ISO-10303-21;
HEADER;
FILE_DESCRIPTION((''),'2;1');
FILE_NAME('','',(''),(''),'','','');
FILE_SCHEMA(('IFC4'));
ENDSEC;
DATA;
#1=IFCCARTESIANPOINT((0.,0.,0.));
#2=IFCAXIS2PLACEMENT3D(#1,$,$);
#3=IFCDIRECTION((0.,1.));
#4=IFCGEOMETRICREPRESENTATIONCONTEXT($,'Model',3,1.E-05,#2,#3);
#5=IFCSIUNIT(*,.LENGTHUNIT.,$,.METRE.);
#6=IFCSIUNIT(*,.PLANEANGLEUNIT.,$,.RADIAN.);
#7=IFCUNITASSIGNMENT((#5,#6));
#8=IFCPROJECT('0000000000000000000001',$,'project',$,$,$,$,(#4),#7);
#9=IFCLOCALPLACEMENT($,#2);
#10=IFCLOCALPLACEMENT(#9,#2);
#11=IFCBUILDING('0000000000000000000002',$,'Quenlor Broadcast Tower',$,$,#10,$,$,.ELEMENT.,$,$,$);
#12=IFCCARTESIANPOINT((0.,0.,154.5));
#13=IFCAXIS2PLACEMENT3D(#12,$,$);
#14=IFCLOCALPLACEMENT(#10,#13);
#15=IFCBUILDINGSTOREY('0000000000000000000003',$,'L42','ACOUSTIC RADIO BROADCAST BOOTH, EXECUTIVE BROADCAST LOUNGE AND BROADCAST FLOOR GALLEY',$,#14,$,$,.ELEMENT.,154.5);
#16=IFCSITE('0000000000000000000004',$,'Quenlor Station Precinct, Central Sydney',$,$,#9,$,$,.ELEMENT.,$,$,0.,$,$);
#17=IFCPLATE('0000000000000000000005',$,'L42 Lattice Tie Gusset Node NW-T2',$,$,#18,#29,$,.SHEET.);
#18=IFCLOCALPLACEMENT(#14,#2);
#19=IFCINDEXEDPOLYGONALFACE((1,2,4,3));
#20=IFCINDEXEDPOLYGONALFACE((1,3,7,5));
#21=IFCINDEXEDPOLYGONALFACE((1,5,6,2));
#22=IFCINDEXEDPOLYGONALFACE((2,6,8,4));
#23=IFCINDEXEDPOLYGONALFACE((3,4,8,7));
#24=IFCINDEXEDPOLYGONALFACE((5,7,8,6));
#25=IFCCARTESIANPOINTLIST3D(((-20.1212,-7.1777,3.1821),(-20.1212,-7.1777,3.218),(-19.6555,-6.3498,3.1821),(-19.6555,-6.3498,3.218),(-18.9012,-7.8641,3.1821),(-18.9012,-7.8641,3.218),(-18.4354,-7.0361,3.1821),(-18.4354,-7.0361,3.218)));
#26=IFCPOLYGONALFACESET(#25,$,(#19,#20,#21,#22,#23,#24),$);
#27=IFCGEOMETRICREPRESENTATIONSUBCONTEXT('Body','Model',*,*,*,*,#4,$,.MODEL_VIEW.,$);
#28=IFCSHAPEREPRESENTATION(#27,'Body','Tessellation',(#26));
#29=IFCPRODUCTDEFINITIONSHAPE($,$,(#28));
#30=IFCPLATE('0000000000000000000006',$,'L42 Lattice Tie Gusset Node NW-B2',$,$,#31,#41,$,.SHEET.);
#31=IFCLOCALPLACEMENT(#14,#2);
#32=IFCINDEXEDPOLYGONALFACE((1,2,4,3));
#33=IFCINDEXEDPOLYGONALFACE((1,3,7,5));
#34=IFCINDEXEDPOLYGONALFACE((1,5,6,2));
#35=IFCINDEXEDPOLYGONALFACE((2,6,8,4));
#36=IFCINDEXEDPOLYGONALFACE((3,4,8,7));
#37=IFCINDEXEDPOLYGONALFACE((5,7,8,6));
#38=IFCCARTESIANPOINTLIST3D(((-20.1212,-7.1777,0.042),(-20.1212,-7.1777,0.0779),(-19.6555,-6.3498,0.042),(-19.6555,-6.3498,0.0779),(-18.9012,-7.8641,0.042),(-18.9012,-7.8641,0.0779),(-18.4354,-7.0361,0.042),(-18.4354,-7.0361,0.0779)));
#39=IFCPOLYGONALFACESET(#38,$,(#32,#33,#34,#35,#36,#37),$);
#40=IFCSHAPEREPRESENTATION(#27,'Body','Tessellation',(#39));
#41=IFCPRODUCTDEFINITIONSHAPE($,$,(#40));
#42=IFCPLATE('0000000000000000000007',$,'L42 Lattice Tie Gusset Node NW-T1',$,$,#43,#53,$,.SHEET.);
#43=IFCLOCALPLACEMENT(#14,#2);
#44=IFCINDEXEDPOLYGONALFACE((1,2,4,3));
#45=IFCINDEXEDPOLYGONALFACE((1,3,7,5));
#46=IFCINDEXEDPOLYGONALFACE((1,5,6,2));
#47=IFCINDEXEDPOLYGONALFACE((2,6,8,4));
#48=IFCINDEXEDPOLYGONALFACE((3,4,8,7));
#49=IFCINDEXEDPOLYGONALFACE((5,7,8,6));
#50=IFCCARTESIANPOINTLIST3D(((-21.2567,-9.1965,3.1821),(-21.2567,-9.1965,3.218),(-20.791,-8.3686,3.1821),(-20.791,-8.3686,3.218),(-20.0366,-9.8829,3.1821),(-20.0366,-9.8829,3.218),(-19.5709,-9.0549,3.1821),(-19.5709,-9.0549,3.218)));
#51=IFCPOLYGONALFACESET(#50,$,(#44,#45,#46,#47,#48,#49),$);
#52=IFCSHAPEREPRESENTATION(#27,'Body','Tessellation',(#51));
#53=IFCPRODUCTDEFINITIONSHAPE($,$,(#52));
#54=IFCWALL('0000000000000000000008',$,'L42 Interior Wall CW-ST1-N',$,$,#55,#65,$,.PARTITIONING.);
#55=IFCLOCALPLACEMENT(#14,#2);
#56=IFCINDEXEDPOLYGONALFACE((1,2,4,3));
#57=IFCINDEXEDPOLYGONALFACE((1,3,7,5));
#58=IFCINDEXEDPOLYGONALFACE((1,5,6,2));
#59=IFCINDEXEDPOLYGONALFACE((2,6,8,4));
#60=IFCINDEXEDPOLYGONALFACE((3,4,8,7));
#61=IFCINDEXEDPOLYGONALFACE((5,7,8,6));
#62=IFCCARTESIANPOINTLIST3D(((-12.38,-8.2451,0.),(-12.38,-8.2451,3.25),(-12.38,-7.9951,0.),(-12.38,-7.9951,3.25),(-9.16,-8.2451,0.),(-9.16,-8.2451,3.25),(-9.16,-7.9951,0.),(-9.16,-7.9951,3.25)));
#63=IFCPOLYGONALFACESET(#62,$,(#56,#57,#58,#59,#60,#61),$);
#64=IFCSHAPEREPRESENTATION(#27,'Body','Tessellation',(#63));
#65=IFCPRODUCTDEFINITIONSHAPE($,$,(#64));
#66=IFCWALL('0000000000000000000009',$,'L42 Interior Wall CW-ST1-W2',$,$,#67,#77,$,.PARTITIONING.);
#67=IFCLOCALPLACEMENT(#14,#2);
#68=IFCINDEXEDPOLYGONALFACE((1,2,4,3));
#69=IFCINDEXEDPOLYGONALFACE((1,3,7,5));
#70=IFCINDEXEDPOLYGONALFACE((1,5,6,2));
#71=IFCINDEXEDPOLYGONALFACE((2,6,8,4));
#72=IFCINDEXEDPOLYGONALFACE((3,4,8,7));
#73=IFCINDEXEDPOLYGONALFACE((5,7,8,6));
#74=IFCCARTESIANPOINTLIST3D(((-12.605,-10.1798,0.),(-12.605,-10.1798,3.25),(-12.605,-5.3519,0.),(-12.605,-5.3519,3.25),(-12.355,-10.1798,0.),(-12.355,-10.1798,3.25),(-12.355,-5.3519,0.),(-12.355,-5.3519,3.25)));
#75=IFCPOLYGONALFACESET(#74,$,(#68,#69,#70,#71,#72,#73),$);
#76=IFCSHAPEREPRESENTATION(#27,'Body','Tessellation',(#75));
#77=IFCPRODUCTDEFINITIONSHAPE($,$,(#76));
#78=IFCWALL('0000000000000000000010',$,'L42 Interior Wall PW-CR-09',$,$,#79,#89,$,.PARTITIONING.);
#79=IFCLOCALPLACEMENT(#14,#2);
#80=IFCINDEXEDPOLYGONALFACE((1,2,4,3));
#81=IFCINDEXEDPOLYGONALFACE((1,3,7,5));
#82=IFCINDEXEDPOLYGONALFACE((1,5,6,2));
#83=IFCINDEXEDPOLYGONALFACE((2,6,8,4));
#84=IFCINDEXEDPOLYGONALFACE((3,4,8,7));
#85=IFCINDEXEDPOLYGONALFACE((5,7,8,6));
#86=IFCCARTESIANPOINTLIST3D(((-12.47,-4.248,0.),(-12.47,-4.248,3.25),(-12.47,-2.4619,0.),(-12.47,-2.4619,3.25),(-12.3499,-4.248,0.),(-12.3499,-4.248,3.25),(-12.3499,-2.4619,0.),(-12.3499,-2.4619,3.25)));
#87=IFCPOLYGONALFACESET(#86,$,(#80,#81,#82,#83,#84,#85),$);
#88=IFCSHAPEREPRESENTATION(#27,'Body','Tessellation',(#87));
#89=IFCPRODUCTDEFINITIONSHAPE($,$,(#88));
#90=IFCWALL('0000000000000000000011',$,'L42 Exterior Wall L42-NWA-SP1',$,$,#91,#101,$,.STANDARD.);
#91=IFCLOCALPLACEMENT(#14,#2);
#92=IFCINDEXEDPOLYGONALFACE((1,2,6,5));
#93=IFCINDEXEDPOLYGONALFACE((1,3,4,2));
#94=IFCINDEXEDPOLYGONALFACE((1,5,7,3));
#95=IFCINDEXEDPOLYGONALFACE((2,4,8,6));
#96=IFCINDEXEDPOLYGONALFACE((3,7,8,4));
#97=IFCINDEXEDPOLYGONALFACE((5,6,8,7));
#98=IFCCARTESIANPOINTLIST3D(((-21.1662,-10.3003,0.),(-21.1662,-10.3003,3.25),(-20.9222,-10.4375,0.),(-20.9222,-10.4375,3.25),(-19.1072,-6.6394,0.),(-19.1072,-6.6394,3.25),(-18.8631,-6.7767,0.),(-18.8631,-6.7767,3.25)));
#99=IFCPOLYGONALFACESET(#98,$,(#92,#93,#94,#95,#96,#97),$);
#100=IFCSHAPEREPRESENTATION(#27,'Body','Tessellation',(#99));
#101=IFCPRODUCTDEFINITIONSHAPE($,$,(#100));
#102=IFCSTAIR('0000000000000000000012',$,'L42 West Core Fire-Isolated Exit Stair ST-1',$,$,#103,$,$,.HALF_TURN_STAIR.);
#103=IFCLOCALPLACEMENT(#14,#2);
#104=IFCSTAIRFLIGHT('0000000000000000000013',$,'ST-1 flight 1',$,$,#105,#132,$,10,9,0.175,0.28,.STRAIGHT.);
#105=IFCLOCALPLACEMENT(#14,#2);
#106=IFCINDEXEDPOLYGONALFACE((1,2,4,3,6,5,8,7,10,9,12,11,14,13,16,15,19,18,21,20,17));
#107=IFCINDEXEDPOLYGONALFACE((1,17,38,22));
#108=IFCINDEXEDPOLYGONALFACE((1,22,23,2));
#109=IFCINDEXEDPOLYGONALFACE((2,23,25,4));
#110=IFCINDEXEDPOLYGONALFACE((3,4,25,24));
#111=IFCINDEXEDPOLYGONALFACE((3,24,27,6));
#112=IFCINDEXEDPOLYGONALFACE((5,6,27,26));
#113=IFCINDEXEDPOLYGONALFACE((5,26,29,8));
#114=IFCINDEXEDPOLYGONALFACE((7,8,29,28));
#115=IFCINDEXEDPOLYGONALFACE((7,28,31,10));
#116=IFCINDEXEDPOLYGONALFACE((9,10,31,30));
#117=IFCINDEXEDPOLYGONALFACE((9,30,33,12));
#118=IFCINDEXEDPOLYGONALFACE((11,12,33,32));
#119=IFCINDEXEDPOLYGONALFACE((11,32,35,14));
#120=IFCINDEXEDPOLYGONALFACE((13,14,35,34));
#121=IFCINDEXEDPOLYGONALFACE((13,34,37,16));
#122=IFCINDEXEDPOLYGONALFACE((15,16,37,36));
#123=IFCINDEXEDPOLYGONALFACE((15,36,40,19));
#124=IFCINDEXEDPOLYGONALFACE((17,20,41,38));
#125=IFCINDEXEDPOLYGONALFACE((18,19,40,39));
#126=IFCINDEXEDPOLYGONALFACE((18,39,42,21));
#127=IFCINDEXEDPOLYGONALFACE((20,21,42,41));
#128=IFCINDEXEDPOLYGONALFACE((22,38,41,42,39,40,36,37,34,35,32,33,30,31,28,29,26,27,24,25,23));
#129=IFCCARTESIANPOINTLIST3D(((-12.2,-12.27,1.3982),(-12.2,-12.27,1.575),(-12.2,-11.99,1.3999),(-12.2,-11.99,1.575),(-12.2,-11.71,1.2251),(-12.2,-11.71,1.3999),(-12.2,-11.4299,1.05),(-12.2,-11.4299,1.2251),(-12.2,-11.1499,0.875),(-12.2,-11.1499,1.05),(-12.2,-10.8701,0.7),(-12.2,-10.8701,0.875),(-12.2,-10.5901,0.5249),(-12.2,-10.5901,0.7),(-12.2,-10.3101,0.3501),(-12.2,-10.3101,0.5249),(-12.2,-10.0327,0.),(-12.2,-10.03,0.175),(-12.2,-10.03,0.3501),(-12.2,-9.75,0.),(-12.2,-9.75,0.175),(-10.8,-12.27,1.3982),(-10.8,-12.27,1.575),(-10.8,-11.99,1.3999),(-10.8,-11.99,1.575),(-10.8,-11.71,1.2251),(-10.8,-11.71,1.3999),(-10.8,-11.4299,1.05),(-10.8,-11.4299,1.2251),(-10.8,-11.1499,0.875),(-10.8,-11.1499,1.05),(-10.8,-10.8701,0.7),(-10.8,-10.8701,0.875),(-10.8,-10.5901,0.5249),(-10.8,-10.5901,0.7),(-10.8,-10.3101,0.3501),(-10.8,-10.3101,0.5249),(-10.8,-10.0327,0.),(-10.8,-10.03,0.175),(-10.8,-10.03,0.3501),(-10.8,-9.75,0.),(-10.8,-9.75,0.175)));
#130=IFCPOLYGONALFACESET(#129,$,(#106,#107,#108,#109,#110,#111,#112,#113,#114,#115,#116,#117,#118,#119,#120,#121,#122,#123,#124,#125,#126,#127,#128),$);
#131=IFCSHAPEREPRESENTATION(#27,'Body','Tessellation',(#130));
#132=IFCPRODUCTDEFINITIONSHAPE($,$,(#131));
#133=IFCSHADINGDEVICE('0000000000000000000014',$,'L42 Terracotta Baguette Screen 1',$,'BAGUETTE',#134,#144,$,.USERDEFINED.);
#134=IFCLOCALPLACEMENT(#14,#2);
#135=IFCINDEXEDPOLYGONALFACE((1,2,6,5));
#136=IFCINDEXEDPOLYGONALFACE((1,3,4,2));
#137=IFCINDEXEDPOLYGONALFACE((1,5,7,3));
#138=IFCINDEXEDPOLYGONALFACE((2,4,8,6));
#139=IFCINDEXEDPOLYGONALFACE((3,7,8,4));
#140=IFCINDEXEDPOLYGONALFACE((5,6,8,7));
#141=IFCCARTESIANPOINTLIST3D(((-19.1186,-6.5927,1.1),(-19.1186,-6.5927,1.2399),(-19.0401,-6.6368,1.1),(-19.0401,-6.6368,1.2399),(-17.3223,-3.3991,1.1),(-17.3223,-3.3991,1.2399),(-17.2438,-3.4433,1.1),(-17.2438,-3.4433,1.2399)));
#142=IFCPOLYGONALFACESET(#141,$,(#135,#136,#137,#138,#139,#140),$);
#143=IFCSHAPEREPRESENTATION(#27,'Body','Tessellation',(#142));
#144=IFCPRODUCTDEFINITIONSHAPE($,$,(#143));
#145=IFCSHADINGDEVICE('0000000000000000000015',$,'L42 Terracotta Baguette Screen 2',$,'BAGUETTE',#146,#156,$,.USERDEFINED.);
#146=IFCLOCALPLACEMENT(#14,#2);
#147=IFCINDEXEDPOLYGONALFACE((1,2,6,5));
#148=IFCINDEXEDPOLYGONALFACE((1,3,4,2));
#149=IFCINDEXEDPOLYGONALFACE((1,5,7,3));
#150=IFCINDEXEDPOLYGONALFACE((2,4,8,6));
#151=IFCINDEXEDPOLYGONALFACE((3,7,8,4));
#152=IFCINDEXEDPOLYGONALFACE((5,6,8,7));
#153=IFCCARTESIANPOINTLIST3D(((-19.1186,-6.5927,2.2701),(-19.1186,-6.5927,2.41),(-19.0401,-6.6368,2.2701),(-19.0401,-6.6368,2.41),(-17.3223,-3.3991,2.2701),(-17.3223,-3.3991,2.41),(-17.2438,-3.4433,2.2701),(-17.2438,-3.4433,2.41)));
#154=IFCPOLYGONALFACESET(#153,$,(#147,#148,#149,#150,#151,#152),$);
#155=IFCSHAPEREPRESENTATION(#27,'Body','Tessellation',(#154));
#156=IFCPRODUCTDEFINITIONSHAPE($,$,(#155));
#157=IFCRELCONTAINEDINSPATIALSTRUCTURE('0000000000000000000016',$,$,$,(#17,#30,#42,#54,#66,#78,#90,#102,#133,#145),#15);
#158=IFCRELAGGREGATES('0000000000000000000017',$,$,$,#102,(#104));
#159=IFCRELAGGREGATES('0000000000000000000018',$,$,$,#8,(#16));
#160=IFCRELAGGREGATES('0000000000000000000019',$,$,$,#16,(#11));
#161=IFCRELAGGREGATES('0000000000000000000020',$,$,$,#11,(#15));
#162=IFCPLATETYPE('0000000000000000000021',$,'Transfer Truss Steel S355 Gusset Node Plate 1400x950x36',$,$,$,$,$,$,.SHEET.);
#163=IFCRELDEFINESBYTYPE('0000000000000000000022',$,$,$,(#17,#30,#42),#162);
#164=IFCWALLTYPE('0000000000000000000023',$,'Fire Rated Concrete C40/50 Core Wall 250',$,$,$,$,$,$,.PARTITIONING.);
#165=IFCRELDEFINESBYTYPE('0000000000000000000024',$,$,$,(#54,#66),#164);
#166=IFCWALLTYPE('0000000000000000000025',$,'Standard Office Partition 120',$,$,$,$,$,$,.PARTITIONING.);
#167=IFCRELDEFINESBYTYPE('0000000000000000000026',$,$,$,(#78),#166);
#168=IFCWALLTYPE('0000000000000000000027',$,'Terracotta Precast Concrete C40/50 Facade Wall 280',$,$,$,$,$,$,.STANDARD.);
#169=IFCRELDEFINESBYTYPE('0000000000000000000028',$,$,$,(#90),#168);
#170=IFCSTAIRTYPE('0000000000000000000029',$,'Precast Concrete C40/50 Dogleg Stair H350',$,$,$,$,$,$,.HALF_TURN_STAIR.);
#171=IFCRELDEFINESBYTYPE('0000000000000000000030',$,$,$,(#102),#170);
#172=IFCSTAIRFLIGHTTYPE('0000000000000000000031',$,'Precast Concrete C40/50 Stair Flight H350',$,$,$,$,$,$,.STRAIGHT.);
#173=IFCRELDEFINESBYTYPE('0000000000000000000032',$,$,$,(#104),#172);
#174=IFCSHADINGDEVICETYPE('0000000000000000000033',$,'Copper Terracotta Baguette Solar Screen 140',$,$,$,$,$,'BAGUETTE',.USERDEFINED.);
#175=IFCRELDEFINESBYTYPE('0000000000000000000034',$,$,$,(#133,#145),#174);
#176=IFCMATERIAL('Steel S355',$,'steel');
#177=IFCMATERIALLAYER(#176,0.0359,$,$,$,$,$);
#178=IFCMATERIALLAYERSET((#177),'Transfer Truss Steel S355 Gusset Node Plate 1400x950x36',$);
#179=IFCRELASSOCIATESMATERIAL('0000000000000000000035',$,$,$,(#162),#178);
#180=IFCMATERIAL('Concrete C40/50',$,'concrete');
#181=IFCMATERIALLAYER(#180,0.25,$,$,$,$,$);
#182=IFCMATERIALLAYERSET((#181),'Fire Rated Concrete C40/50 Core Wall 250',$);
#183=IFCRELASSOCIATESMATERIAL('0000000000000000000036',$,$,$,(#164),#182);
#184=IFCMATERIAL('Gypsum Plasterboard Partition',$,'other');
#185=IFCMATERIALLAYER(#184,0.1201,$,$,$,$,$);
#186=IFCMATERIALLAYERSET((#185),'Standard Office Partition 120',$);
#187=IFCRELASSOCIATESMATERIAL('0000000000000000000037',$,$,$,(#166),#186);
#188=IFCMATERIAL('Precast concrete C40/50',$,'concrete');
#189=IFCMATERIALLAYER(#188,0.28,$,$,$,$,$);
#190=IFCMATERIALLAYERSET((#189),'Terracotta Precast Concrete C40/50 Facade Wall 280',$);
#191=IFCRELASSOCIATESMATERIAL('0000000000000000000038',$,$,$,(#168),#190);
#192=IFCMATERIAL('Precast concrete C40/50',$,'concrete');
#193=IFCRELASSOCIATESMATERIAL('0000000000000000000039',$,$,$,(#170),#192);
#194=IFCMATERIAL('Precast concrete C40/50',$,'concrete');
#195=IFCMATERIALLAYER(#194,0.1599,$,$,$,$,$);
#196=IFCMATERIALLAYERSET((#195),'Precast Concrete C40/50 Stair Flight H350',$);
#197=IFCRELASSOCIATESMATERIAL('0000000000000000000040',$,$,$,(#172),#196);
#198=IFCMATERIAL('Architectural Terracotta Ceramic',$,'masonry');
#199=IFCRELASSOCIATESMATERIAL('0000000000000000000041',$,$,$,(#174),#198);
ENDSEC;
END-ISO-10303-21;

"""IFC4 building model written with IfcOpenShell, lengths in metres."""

from ifc_helpers import new_model, si_unit, direction, frame, frame_2d, origin, origin_2d, place, context, subcontext, project, spatial, polyline, rectangle, outline, extrude, material, layer, layer_set, material_profile, profile_set, type_object, element, aggregate, save


model = new_model("IFC4")

# Units and contexts
model_context = context("Model", 3, precision=1e-05, world=origin(), true_north=direction((0.0, 1.0)))
body_context = subcontext(model_context, "Body", "Model", "MODEL_VIEW")
ifc_project = project(units=[si_unit("LENGTHUNIT", "METRE"), si_unit("PLANEANGLEUNIT", "RADIAN")], contexts=[model_context])

# Site, building, storey
site_placement = place(None, origin())
site = spatial("IfcSite", under=ifc_project, at=site_placement, Name="Quenlor Station Precinct, Central Sydney", CompositionType="ELEMENT", RefElevation=0.0)
building_placement = place(site_placement, origin())
building = spatial("IfcBuilding", under=site, at=building_placement, Name="Quenlor Broadcast Tower", CompositionType="ELEMENT")
storey_placement = place(building_placement, frame((0.0, 0.0, 154.5)))
storey = spatial("IfcBuildingStorey", under=building, at=storey_placement, Name="L42", Description="ACOUSTIC RADIO BROADCAST BOOTH, EXECUTIVE BROADCAST LOUNGE AND BROADCAST FLOOR GALLEY", CompositionType="ELEMENT", Elevation=154.5)

# Plates
ifc_material_1 = material(Name="Steel S355", Category="steel")
ifc_layer_1 = layer(ifc_material_1, 0.0359)
ifc_layer_set_1 = layer_set([ifc_layer_1], Name="Transfer Truss Steel S355 Gusset Node Plate 1400x950x36")
plate_type_1 = type_object("IfcPlateType", Name="Transfer Truss Steel S355 Gusset Node Plate 1400x950x36", PredefinedType="SHEET", material=ifc_layer_set_1)
for number, where, z_axis, x_axis, name in (
    (1, (-19.2783, -7.1069, 3.1821), (0.0, 0.0, 1.0), (-0.871556, 0.490295, 0.0), "L42 Lattice Tie Gusset Node NW-T2"),
    (2, (-19.2783, -7.1069, 0.042), (0.0, 0.0, 1.0), (-0.871556, 0.490295, 0.0), "L42 Lattice Tie Gusset Node NW-B2"),
    (3, (-20.4138, -9.1257, 3.1821), (0.0, 0.0, 1.0), (-0.871556, 0.490295, 0.0), "L42 Lattice Tie Gusset Node NW-T1"),
):
    element("IfcPlate", number, at=place(storey_placement, frame(where, z_axis=z_axis, x_axis=x_axis)), inside=storey, type_object=plate_type_1, Name=name, PredefinedType="SHEET", context=body_context, shape_type="SweptSolid", body=[
        extrude(rectangle(XDim=1.3999, YDim=0.95, at=origin_2d()), origin(), (0.0, 0.0, 1.0), 0.0359),
    ])

# Walls
ifc_material_2 = material(Name="Concrete C40/50", Category="concrete")
ifc_layer_2 = layer(ifc_material_2, 0.25)
ifc_layer_set_2 = layer_set([ifc_layer_2], Name="Fire Rated Concrete C40/50 Core Wall 250")
wall_type_1 = type_object("IfcWallType", Name="Fire Rated Concrete C40/50 Core Wall 250", PredefinedType="PARTITIONING", material=ifc_layer_set_2)
wall_1_placement = place(storey_placement, frame((-12.3799, -8.1201, 0.0), z_axis=(0.0, 0.0, 1.0), x_axis=(1.0, 0.0, 0.0)))
element("IfcWall", 4, at=wall_1_placement, inside=storey, type_object=wall_type_1, Name="L42 Interior Wall CW-ST1-N", PredefinedType="PARTITIONING", context=body_context, shape_type="SweptSolid", body=[
    extrude(rectangle(XDim=3.22, YDim=0.25, at=frame_2d((1.6099, 0.0))), origin(), (0.0, 0.0, 1.0), 3.25),
])
wall_2_placement = place(storey_placement, frame((-12.48, -10.1799, 0.0), z_axis=(0.0, 0.0, 1.0), x_axis=(0.0, 1.0, 0.0)))
element("IfcWall", 5, at=wall_2_placement, inside=storey, type_object=wall_type_1, Name="L42 Interior Wall CW-ST1-W2", PredefinedType="PARTITIONING", context=body_context, shape_type="SweptSolid", body=[
    extrude(rectangle(XDim=4.8279, YDim=0.25, at=frame_2d((2.4141, 0.0))), origin(), (0.0, 0.0, 1.0), 3.25),
])

# Walls
ifc_material_3 = material(Name="Gypsum Plasterboard Partition", Category="other")
ifc_layer_3 = layer(ifc_material_3, 0.1201)
ifc_layer_set_3 = layer_set([ifc_layer_3], Name="Standard Office Partition 120")
wall_type_2 = type_object("IfcWallType", Name="Standard Office Partition 120", PredefinedType="PARTITIONING", material=ifc_layer_set_3)
wall_3_placement = place(storey_placement, frame((-12.4099, -4.248, 0.0), z_axis=(0.0, 0.0, 1.0), x_axis=(0.0, 1.0, 0.0)))
element("IfcWall", 6, at=wall_3_placement, inside=storey, type_object=wall_type_2, Name="L42 Interior Wall PW-CR-09", PredefinedType="PARTITIONING", context=body_context, shape_type="SweptSolid", body=[
    extrude(rectangle(XDim=1.7861, YDim=0.1201, at=frame_2d((0.8931, 0.0))), origin(), (0.0, 0.0, 1.0), 3.25),
])
ifc_material_4 = material(Name="Precast concrete C40/50", Category="concrete")
ifc_layer_4 = layer(ifc_material_4, 0.28)
ifc_layer_set_4 = layer_set([ifc_layer_4], Name="Terracotta Precast Concrete C40/50 Facade Wall 280")
wall_type_3 = type_object("IfcWallType", Name="Terracotta Precast Concrete C40/50 Facade Wall 280", PredefinedType="STANDARD", material=ifc_layer_set_4)
wall_4_placement = place(storey_placement, frame((-21.0442, -10.3689, 0.0), z_axis=(0.0, 0.0, 1.0), x_axis=(0.490231, 0.871593, 0.0)))
element("IfcWall", 7, at=wall_4_placement, inside=storey, type_object=wall_type_3, Name="L42 Exterior Wall L42-NWA-SP1", PredefinedType="STANDARD", context=body_context, shape_type="SweptSolid", body=[
    extrude(rectangle(XDim=4.2002, YDim=0.28, at=frame_2d((2.1001, 0.0))), origin(), (0.0, 0.0, 1.0), 3.25),
])

# Stair, stair flight
ifc_material_5 = material(Name="Precast concrete C40/50", Category="concrete")
stair_type = type_object("IfcStairType", Name="Precast Concrete C40/50 Dogleg Stair H350", PredefinedType="HALF_TURN_STAIR", material=ifc_material_5)
stair_placement = place(storey_placement, origin())
stair = element("IfcStair", 8, at=stair_placement, inside=storey, type_object=stair_type, Name="L42 West Core Fire-Isolated Exit Stair ST-1", PredefinedType="HALF_TURN_STAIR")
ifc_material_6 = material(Name="Precast concrete C40/50", Category="concrete")
ifc_layer_5 = layer(ifc_material_6, 0.1599)
ifc_layer_set_5 = layer_set([ifc_layer_5], Name="Precast Concrete C40/50 Stair Flight H350")
stair_flight_type = type_object("IfcStairFlightType", Name="Precast Concrete C40/50 Stair Flight H350", PredefinedType="STRAIGHT", material=ifc_layer_set_5)
stair_flight_placement = place(storey_placement, frame((-11.5, -9.75, 0.0), z_axis=(0.0, 0.0, 1.0), x_axis=(0.0, -1.0, 0.0)))
stair_flight = element("IfcStairFlight", 9, at=stair_flight_placement, type_object=stair_flight_type, Name="ST-1 flight 1", NumberOfRisers=10, NumberOfTreads=9, PredefinedType="STRAIGHT", RiserHeight=0.175, TreadLength=0.28, context=body_context, shape_type="SweptSolid", body=[
    extrude(outline(polyline([(0.0, 0.0), (0.0, 0.175), (0.28, 0.175), (0.28, 0.3501), (0.5601, 0.3501), (0.5601, 0.5249), (0.8401, 0.5249), (0.8401, 0.7), (1.1201, 0.7), (1.1201, 0.875), (1.3999, 0.875), (1.3999, 1.05), (1.6799, 1.05), (1.6799, 1.2251), (1.96, 1.2251), (1.96, 1.3999), (2.24, 1.3999), (2.24, 1.575), (2.52, 1.575), (2.52, 1.75), (2.52, 1.3982), (0.2827, 0.0), (0.0, 0.0)])), frame((0.0, 0.7, 0.0), z_axis=(0.0, -1.0, 0.0), x_axis=(1.0, 0.0, 0.0)), (0.0, 0.0, 1.0), 1.3999),
])
aggregate(stair, [stair_flight])

# Shading devices
ifc_material_7 = material(Name="Architectural Terracotta Ceramic", Category="masonry")
ifc_material_profile_1 = material_profile(ifc_material_7, rectangle(XDim=0.0901, YDim=0.1399, at=origin_2d()))
ifc_profile_set_1 = profile_set([ifc_material_profile_1], Name="Architectural Terracotta Ceramic BAG90x140")
shading_device_type = type_object("IfcShadingDeviceType", Name="Copper Terracotta Baguette Solar Screen 140", ElementType="BAGUETTE", PredefinedType="USERDEFINED", material=ifc_profile_set_1)
for number, where, z_axis, x_axis, name in (
    (10, (-19.0793, -6.6147, 1.1699), (0.490258, 0.871577, 0.0), (-0.871577, 0.490258, 0.0), "L42 Terracotta Baguette Screen 1"),
    (11, (-19.0793, -6.6147, 2.3401), (0.490258, 0.871577, 0.0), (-0.871577, 0.490258, 0.0), "L42 Terracotta Baguette Screen 2"),
):
    element("IfcShadingDevice", number, at=place(storey_placement, frame(where, z_axis=z_axis, x_axis=x_axis)), inside=storey, type_object=shading_device_type, Name=name, ObjectType="BAGUETTE", PredefinedType="USERDEFINED", context=body_context, shape_type="SweptSolid", body=[
        extrude(rectangle(XDim=0.0901, YDim=0.1399, at=origin_2d()), origin(), (0.0, 0.0, 1.0), 3.6641),
    ])

save(model, "model.ifc")
